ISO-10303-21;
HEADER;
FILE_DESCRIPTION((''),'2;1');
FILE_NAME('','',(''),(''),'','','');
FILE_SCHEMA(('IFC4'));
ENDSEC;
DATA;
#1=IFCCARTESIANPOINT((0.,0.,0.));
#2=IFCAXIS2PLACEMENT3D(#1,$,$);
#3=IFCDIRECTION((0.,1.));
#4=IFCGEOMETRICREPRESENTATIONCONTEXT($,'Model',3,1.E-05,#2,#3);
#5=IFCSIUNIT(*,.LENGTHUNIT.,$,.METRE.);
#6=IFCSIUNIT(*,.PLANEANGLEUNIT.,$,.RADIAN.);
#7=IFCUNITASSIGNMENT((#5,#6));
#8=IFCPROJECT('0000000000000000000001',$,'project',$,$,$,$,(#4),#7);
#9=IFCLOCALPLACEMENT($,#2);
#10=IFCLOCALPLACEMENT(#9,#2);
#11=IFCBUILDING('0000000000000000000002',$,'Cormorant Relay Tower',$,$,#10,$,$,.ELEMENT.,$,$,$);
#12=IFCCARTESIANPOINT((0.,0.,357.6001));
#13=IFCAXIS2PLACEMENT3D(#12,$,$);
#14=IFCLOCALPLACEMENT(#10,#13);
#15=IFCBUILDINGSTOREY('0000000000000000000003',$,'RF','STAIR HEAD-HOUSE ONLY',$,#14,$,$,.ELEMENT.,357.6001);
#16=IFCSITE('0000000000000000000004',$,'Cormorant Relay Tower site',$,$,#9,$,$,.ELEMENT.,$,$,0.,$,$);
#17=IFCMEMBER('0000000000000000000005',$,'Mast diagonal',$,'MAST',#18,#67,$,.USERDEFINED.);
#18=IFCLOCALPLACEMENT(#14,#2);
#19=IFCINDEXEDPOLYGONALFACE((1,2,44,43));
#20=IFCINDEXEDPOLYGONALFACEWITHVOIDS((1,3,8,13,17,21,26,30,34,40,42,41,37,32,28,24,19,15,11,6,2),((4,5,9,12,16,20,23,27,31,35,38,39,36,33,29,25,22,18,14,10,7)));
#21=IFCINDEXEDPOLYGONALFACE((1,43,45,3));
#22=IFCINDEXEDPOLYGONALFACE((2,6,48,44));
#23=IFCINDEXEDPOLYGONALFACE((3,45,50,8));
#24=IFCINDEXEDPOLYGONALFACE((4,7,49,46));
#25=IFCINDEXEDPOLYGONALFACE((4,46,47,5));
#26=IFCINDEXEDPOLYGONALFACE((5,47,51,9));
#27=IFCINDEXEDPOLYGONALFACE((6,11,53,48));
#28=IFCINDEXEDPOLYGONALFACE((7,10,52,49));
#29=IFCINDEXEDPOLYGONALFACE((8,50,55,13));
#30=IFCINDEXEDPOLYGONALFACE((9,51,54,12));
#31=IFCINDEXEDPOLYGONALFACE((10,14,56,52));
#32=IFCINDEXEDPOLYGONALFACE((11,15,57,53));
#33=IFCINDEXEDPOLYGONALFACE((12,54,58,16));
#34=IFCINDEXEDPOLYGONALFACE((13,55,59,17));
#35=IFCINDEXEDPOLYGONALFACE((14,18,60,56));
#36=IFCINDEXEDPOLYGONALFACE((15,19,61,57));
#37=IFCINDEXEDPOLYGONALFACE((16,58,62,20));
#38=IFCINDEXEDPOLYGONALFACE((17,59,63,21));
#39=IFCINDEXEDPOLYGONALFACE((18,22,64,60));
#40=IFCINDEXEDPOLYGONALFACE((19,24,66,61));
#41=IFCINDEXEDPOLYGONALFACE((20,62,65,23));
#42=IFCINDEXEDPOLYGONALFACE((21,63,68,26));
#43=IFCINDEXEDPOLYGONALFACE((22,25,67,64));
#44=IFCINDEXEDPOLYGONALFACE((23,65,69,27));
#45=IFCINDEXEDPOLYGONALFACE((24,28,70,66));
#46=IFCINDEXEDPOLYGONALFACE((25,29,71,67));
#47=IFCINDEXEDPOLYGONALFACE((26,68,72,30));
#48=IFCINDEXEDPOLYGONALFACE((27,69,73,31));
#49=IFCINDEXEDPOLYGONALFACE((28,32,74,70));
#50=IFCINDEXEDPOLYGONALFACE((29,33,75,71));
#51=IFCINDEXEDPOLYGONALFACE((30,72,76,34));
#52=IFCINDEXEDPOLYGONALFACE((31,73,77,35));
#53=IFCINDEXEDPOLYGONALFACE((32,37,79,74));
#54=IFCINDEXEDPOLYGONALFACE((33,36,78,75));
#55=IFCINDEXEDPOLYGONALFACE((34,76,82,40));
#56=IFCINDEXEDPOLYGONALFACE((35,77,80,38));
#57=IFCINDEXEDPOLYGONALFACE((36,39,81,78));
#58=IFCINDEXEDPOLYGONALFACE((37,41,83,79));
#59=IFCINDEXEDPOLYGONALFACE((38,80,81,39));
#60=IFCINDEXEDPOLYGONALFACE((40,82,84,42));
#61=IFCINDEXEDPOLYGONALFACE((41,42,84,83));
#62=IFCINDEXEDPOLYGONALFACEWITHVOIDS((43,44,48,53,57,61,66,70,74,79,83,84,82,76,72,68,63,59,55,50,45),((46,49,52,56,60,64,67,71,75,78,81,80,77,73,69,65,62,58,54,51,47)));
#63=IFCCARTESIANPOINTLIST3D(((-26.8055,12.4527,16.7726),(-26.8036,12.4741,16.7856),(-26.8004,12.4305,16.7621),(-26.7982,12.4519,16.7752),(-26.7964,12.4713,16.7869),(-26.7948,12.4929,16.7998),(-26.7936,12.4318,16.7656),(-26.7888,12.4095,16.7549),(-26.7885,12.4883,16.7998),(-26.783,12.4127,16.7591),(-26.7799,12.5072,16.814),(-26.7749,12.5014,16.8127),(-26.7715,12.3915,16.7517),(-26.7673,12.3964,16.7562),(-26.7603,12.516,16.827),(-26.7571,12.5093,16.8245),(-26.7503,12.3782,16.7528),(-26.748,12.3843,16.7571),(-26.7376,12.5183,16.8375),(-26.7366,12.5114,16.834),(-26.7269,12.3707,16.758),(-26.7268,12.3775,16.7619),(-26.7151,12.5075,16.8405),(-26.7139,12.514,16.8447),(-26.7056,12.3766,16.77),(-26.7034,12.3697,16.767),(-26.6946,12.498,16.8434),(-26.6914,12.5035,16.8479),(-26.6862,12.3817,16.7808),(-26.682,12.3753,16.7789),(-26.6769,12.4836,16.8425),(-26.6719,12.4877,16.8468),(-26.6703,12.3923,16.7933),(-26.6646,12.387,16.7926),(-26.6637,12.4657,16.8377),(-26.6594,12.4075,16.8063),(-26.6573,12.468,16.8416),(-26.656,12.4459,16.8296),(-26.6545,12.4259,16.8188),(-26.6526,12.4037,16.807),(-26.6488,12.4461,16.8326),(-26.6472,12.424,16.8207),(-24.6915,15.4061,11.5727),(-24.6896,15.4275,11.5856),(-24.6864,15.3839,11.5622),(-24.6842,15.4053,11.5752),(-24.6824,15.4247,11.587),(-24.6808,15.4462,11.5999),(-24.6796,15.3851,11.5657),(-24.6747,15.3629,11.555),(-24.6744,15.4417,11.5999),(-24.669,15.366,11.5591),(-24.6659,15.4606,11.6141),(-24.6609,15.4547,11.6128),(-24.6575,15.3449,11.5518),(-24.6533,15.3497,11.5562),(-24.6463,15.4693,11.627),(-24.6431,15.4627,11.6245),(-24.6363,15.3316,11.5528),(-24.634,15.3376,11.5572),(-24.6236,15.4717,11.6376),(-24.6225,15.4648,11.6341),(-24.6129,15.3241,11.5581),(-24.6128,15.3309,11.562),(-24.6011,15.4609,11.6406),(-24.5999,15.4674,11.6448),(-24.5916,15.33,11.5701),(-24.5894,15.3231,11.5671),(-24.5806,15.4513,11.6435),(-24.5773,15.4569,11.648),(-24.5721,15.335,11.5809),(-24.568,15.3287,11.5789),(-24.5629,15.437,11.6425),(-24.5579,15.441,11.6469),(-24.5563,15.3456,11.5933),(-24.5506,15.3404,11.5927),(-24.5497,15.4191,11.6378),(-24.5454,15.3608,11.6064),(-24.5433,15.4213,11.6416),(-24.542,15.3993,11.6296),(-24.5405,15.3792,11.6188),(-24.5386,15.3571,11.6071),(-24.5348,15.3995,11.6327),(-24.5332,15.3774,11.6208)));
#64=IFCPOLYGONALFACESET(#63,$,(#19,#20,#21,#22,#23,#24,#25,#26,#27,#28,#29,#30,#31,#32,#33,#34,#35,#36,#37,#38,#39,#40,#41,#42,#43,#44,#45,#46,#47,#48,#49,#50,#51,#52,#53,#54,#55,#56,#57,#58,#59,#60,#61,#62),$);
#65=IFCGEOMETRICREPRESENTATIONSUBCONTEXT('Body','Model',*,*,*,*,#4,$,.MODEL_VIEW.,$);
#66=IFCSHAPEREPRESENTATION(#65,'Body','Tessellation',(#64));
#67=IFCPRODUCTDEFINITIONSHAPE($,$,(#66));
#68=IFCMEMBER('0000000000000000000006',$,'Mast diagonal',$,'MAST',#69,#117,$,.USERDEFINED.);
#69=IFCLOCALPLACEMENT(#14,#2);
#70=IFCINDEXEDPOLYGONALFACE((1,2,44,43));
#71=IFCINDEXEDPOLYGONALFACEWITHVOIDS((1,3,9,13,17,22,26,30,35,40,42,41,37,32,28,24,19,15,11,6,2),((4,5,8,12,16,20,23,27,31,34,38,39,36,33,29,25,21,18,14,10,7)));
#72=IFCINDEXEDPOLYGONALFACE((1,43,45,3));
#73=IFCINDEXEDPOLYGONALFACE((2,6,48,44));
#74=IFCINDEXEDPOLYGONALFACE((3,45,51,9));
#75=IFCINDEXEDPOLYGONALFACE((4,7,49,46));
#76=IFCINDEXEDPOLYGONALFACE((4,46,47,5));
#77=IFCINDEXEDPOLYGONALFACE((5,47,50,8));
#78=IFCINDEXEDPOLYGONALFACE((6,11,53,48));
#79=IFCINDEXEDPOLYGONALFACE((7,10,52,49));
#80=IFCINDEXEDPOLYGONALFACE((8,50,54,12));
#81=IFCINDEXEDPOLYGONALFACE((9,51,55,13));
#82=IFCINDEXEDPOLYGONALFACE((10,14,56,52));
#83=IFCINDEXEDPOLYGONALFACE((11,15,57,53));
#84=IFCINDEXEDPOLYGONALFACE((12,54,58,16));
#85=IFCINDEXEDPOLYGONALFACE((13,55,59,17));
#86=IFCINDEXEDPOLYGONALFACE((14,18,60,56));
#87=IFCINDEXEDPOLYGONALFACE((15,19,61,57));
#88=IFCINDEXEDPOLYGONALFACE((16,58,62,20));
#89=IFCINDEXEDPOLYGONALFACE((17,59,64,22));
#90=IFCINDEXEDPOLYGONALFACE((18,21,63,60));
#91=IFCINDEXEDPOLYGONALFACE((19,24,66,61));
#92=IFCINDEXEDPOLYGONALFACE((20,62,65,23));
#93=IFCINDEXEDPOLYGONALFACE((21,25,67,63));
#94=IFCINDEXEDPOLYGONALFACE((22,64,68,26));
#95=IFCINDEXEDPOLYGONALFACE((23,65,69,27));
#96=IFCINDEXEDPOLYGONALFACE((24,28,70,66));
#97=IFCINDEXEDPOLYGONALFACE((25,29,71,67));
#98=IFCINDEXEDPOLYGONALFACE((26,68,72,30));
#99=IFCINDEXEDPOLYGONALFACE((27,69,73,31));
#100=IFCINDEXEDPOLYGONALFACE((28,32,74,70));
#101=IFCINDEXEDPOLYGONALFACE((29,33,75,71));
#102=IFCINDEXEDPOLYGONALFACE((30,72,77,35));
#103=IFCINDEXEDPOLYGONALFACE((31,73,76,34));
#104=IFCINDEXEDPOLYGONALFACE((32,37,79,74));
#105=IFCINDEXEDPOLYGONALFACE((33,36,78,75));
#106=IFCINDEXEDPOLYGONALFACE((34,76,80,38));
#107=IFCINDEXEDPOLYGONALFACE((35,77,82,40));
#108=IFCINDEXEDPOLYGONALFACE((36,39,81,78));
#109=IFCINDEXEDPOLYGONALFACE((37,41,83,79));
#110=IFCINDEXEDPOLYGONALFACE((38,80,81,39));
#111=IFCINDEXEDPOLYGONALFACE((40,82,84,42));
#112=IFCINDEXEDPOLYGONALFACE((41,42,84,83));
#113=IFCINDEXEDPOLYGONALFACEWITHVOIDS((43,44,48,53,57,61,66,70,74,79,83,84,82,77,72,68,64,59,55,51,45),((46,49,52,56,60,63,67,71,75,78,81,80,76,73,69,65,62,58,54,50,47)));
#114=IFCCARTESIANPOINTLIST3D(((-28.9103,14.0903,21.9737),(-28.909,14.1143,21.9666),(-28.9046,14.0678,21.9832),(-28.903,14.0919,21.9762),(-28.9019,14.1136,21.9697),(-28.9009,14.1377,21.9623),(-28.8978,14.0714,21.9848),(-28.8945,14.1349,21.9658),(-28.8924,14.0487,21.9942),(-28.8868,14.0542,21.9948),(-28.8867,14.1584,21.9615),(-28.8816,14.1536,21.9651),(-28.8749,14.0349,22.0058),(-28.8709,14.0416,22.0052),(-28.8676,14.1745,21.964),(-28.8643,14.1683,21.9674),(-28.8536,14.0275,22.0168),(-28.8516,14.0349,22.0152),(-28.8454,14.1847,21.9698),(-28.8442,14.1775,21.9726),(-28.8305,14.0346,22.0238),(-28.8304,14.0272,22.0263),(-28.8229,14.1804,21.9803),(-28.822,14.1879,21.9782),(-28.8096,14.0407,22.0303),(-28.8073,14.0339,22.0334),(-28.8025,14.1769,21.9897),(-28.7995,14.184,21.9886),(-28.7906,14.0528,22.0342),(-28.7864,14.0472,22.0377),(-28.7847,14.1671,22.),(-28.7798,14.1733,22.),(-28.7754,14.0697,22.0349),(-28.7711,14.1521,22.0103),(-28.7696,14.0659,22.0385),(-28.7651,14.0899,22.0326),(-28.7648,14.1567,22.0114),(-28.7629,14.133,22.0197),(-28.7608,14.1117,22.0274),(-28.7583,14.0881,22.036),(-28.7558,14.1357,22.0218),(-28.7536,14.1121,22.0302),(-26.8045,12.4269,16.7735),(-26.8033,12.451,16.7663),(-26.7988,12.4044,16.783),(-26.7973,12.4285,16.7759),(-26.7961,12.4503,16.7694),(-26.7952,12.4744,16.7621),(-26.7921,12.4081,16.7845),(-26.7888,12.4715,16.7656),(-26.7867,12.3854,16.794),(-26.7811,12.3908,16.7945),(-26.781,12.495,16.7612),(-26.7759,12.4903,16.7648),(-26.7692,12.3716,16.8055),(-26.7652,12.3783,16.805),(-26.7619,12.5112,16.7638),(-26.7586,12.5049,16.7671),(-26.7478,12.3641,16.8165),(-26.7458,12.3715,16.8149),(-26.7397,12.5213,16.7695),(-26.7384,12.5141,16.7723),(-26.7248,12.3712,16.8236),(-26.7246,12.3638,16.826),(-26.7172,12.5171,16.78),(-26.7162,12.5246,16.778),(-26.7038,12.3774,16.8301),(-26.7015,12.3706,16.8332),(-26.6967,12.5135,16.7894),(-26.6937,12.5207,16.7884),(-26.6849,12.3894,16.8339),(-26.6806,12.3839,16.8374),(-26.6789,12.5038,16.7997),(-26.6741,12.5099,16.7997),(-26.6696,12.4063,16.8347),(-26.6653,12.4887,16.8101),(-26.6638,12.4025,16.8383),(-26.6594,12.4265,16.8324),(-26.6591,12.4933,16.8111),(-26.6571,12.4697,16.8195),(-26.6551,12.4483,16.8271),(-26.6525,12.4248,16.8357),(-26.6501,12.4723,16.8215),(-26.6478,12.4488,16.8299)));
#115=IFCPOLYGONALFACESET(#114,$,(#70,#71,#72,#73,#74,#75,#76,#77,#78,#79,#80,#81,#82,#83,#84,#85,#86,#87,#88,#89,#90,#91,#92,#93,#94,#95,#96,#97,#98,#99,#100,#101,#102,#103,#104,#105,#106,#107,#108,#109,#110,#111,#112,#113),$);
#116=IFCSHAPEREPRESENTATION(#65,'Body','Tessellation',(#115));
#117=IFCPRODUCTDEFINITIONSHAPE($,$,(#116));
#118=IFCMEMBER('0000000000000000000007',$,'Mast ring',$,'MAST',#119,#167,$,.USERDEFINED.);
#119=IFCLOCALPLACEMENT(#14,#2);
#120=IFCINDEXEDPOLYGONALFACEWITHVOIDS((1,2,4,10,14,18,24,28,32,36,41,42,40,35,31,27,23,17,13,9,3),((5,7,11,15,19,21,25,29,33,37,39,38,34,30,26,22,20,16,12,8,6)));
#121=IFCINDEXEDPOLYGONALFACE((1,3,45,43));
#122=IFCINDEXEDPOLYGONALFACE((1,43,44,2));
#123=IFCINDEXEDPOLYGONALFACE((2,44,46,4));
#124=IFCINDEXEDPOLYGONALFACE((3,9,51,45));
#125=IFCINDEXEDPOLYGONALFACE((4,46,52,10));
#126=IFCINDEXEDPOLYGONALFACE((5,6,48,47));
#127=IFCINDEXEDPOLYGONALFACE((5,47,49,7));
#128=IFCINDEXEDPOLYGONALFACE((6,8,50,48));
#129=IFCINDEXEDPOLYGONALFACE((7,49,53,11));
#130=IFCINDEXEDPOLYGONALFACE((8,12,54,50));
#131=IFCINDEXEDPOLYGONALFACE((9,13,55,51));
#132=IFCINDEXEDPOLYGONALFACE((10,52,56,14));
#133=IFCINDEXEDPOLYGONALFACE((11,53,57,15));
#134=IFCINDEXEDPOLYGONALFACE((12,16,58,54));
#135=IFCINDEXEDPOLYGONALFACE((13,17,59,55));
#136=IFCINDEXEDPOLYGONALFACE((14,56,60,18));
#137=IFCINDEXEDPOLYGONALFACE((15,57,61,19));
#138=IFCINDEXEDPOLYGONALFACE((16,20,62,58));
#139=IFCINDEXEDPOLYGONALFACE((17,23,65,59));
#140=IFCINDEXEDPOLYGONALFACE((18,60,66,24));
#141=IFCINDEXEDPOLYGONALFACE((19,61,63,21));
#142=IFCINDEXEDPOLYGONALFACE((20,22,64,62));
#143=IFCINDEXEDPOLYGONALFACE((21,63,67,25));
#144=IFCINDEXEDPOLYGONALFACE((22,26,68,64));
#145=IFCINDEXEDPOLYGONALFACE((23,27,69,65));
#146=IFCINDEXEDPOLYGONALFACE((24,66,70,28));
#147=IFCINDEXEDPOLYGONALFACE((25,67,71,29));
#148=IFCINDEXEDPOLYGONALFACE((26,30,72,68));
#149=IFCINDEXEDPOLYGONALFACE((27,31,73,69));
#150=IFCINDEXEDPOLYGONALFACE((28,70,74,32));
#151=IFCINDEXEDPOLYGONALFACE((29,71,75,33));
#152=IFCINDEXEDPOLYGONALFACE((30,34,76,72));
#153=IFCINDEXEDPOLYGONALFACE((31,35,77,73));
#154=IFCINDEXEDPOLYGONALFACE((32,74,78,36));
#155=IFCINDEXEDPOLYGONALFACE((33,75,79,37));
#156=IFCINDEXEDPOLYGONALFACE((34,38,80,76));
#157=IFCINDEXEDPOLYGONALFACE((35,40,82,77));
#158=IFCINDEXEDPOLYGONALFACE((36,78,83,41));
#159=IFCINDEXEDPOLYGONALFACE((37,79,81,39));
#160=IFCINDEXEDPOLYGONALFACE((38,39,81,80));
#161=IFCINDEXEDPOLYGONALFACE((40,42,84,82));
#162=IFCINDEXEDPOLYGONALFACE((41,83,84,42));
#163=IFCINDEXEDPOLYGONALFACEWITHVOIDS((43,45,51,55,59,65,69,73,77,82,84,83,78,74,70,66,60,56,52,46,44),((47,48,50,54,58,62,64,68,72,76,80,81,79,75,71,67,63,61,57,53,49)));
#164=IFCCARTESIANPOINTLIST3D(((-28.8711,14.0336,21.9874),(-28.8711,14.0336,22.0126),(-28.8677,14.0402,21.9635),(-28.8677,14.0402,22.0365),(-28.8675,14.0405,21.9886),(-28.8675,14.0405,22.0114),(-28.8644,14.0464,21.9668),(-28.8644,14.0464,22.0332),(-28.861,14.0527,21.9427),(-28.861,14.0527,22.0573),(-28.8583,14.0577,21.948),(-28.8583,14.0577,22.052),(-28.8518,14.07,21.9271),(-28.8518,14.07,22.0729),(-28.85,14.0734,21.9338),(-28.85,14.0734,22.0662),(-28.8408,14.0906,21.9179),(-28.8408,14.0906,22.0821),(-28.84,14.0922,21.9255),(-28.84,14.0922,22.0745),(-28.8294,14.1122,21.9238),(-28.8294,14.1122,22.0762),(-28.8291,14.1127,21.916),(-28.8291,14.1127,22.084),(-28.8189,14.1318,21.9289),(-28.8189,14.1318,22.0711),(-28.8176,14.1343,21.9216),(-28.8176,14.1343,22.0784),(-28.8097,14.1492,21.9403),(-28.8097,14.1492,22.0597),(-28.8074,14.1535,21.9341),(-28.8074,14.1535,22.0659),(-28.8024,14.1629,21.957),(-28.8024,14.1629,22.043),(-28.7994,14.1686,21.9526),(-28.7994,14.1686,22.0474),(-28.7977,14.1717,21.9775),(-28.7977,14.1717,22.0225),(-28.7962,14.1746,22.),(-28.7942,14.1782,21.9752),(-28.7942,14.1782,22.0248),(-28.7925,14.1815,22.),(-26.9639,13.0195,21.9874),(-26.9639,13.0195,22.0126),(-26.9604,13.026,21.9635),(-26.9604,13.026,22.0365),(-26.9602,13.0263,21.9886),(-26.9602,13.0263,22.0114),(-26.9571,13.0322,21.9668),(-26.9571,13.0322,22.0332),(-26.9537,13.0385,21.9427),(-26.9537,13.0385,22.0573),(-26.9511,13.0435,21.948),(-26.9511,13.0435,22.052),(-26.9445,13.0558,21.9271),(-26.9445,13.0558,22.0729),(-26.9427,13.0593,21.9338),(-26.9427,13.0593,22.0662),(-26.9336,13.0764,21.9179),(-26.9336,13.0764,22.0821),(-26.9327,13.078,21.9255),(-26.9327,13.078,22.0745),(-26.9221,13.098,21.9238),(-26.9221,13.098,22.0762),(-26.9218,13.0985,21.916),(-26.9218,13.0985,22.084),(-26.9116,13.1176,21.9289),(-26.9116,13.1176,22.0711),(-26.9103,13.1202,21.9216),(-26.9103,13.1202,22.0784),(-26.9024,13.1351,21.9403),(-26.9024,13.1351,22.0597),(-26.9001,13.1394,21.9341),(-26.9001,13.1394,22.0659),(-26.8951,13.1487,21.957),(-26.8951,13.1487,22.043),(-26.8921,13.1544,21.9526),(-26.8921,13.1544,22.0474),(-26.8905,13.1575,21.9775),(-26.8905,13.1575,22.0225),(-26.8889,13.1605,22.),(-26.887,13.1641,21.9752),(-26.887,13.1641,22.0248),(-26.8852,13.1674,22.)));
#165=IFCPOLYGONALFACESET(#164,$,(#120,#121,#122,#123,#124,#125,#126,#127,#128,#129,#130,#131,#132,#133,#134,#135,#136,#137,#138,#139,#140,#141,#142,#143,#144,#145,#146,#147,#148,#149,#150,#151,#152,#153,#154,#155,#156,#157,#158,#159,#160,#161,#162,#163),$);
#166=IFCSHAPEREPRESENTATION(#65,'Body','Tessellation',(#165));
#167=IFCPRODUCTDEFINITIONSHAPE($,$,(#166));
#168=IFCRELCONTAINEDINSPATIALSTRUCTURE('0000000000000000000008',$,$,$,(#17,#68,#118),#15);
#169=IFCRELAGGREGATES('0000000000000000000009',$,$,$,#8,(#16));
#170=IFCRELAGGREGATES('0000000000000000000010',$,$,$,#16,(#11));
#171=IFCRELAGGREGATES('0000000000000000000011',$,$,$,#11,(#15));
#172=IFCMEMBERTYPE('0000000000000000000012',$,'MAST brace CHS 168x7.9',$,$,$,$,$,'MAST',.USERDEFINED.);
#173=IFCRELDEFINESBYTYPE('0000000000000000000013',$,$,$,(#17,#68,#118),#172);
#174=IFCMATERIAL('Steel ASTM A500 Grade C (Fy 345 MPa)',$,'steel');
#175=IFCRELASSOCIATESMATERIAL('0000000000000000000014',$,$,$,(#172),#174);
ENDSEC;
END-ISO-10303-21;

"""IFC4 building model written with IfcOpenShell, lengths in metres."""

from ifc_helpers import new_model, si_unit, direction, frame, origin, origin_2d, place, context, subcontext, project, spatial, hollow_circle, extrude, material, material_profile, profile_set, type_object, element, save


model = new_model("IFC4")

# Units and contexts
model_context = context("Model", 3, precision=1e-05, world=origin(), true_north=direction((0.0, 1.0)))
body_context = subcontext(model_context, "Body", "Model", "MODEL_VIEW")
ifc_project = project(units=[si_unit("LENGTHUNIT", "METRE"), si_unit("PLANEANGLEUNIT", "RADIAN")], contexts=[model_context])

# Site, building, storey
site_placement = place(None, origin())
site = spatial("IfcSite", under=ifc_project, at=site_placement, Name="Cormorant Relay Tower site", CompositionType="ELEMENT", RefElevation=0.0)
building_placement = place(site_placement, origin())
building = spatial("IfcBuilding", under=site, at=building_placement, Name="Cormorant Relay Tower", CompositionType="ELEMENT")
storey_placement = place(building_placement, frame((0.0, 0.0, 357.6001)))
storey = spatial("IfcBuildingStorey", under=building, at=storey_placement, Name="RF", Description="STAIR HEAD-HOUSE ONLY", CompositionType="ELEMENT", Elevation=357.6001)

# Members
ifc_material_1 = material(Name="Steel ASTM A500 Grade C (Fy 345 MPa)", Category="steel")
ifc_material_profile_1 = material_profile(ifc_material_1, hollow_circle(Radius=0.0842, WallThickness=0.0078, at=origin_2d()), Name="CHS 168x7.9")
ifc_profile_set_1 = profile_set([ifc_material_profile_1], Name="Steel ASTM A500 Grade C (Fy 345 MPa)")
member_type_1 = type_object("IfcMemberType", Name="MAST brace CHS 168x7.9", ElementType="MAST", PredefinedType="USERDEFINED", material=ifc_profile_set_1)
member_1_placement = place(storey_placement, frame((-26.7263, 12.4438, 16.7998), z_axis=(0.333294, 0.465626, -0.819821), x_axis=(-0.813152, 0.582052, 0.0)))
element("IfcMember", 1, at=member_1_placement, inside=storey, type_object=member_type_1, Name="Mast diagonal", ObjectType="MAST", PredefinedType="USERDEFINED", context=body_context, shape_type="SweptSolid", body=[
    extrude(hollow_circle(Radius=0.0842, WallThickness=0.0078, at=origin_2d()), origin(), (0.0, 0.0, 1.0), 6.3428),
])
member_2_placement = place(storey_placement, frame((-28.832, 14.1072, 22.0), z_axis=(0.359845, -0.284246, -0.88866), x_axis=(0.619857, 0.784715, 0.0)))
element("IfcMember", 2, at=member_2_placement, inside=storey, type_object=member_type_1, Name="Mast diagonal", ObjectType="MAST", PredefinedType="USERDEFINED", context=body_context, shape_type="SweptSolid", body=[
    extrude(hollow_circle(Radius=0.0842, WallThickness=0.0078, at=origin_2d()), origin(), (0.0, 0.0, 1.0), 5.8518),
])
member_3_placement = place(storey_placement, frame((-28.832, 14.1072, 22.0), z_axis=(0.882934, -0.469497, 0.0), x_axis=(0.469497, 0.882934, 0.0)))
element("IfcMember", 3, at=member_3_placement, inside=storey, type_object=member_type_1, Name="Mast ring", ObjectType="MAST", PredefinedType="USERDEFINED", context=body_context, shape_type="SweptSolid", body=[
    extrude(hollow_circle(Radius=0.0842, WallThickness=0.0078, at=origin_2d()), origin(), (0.0, 0.0, 1.0), 2.1602),
])

save(model, "model.ifc")
